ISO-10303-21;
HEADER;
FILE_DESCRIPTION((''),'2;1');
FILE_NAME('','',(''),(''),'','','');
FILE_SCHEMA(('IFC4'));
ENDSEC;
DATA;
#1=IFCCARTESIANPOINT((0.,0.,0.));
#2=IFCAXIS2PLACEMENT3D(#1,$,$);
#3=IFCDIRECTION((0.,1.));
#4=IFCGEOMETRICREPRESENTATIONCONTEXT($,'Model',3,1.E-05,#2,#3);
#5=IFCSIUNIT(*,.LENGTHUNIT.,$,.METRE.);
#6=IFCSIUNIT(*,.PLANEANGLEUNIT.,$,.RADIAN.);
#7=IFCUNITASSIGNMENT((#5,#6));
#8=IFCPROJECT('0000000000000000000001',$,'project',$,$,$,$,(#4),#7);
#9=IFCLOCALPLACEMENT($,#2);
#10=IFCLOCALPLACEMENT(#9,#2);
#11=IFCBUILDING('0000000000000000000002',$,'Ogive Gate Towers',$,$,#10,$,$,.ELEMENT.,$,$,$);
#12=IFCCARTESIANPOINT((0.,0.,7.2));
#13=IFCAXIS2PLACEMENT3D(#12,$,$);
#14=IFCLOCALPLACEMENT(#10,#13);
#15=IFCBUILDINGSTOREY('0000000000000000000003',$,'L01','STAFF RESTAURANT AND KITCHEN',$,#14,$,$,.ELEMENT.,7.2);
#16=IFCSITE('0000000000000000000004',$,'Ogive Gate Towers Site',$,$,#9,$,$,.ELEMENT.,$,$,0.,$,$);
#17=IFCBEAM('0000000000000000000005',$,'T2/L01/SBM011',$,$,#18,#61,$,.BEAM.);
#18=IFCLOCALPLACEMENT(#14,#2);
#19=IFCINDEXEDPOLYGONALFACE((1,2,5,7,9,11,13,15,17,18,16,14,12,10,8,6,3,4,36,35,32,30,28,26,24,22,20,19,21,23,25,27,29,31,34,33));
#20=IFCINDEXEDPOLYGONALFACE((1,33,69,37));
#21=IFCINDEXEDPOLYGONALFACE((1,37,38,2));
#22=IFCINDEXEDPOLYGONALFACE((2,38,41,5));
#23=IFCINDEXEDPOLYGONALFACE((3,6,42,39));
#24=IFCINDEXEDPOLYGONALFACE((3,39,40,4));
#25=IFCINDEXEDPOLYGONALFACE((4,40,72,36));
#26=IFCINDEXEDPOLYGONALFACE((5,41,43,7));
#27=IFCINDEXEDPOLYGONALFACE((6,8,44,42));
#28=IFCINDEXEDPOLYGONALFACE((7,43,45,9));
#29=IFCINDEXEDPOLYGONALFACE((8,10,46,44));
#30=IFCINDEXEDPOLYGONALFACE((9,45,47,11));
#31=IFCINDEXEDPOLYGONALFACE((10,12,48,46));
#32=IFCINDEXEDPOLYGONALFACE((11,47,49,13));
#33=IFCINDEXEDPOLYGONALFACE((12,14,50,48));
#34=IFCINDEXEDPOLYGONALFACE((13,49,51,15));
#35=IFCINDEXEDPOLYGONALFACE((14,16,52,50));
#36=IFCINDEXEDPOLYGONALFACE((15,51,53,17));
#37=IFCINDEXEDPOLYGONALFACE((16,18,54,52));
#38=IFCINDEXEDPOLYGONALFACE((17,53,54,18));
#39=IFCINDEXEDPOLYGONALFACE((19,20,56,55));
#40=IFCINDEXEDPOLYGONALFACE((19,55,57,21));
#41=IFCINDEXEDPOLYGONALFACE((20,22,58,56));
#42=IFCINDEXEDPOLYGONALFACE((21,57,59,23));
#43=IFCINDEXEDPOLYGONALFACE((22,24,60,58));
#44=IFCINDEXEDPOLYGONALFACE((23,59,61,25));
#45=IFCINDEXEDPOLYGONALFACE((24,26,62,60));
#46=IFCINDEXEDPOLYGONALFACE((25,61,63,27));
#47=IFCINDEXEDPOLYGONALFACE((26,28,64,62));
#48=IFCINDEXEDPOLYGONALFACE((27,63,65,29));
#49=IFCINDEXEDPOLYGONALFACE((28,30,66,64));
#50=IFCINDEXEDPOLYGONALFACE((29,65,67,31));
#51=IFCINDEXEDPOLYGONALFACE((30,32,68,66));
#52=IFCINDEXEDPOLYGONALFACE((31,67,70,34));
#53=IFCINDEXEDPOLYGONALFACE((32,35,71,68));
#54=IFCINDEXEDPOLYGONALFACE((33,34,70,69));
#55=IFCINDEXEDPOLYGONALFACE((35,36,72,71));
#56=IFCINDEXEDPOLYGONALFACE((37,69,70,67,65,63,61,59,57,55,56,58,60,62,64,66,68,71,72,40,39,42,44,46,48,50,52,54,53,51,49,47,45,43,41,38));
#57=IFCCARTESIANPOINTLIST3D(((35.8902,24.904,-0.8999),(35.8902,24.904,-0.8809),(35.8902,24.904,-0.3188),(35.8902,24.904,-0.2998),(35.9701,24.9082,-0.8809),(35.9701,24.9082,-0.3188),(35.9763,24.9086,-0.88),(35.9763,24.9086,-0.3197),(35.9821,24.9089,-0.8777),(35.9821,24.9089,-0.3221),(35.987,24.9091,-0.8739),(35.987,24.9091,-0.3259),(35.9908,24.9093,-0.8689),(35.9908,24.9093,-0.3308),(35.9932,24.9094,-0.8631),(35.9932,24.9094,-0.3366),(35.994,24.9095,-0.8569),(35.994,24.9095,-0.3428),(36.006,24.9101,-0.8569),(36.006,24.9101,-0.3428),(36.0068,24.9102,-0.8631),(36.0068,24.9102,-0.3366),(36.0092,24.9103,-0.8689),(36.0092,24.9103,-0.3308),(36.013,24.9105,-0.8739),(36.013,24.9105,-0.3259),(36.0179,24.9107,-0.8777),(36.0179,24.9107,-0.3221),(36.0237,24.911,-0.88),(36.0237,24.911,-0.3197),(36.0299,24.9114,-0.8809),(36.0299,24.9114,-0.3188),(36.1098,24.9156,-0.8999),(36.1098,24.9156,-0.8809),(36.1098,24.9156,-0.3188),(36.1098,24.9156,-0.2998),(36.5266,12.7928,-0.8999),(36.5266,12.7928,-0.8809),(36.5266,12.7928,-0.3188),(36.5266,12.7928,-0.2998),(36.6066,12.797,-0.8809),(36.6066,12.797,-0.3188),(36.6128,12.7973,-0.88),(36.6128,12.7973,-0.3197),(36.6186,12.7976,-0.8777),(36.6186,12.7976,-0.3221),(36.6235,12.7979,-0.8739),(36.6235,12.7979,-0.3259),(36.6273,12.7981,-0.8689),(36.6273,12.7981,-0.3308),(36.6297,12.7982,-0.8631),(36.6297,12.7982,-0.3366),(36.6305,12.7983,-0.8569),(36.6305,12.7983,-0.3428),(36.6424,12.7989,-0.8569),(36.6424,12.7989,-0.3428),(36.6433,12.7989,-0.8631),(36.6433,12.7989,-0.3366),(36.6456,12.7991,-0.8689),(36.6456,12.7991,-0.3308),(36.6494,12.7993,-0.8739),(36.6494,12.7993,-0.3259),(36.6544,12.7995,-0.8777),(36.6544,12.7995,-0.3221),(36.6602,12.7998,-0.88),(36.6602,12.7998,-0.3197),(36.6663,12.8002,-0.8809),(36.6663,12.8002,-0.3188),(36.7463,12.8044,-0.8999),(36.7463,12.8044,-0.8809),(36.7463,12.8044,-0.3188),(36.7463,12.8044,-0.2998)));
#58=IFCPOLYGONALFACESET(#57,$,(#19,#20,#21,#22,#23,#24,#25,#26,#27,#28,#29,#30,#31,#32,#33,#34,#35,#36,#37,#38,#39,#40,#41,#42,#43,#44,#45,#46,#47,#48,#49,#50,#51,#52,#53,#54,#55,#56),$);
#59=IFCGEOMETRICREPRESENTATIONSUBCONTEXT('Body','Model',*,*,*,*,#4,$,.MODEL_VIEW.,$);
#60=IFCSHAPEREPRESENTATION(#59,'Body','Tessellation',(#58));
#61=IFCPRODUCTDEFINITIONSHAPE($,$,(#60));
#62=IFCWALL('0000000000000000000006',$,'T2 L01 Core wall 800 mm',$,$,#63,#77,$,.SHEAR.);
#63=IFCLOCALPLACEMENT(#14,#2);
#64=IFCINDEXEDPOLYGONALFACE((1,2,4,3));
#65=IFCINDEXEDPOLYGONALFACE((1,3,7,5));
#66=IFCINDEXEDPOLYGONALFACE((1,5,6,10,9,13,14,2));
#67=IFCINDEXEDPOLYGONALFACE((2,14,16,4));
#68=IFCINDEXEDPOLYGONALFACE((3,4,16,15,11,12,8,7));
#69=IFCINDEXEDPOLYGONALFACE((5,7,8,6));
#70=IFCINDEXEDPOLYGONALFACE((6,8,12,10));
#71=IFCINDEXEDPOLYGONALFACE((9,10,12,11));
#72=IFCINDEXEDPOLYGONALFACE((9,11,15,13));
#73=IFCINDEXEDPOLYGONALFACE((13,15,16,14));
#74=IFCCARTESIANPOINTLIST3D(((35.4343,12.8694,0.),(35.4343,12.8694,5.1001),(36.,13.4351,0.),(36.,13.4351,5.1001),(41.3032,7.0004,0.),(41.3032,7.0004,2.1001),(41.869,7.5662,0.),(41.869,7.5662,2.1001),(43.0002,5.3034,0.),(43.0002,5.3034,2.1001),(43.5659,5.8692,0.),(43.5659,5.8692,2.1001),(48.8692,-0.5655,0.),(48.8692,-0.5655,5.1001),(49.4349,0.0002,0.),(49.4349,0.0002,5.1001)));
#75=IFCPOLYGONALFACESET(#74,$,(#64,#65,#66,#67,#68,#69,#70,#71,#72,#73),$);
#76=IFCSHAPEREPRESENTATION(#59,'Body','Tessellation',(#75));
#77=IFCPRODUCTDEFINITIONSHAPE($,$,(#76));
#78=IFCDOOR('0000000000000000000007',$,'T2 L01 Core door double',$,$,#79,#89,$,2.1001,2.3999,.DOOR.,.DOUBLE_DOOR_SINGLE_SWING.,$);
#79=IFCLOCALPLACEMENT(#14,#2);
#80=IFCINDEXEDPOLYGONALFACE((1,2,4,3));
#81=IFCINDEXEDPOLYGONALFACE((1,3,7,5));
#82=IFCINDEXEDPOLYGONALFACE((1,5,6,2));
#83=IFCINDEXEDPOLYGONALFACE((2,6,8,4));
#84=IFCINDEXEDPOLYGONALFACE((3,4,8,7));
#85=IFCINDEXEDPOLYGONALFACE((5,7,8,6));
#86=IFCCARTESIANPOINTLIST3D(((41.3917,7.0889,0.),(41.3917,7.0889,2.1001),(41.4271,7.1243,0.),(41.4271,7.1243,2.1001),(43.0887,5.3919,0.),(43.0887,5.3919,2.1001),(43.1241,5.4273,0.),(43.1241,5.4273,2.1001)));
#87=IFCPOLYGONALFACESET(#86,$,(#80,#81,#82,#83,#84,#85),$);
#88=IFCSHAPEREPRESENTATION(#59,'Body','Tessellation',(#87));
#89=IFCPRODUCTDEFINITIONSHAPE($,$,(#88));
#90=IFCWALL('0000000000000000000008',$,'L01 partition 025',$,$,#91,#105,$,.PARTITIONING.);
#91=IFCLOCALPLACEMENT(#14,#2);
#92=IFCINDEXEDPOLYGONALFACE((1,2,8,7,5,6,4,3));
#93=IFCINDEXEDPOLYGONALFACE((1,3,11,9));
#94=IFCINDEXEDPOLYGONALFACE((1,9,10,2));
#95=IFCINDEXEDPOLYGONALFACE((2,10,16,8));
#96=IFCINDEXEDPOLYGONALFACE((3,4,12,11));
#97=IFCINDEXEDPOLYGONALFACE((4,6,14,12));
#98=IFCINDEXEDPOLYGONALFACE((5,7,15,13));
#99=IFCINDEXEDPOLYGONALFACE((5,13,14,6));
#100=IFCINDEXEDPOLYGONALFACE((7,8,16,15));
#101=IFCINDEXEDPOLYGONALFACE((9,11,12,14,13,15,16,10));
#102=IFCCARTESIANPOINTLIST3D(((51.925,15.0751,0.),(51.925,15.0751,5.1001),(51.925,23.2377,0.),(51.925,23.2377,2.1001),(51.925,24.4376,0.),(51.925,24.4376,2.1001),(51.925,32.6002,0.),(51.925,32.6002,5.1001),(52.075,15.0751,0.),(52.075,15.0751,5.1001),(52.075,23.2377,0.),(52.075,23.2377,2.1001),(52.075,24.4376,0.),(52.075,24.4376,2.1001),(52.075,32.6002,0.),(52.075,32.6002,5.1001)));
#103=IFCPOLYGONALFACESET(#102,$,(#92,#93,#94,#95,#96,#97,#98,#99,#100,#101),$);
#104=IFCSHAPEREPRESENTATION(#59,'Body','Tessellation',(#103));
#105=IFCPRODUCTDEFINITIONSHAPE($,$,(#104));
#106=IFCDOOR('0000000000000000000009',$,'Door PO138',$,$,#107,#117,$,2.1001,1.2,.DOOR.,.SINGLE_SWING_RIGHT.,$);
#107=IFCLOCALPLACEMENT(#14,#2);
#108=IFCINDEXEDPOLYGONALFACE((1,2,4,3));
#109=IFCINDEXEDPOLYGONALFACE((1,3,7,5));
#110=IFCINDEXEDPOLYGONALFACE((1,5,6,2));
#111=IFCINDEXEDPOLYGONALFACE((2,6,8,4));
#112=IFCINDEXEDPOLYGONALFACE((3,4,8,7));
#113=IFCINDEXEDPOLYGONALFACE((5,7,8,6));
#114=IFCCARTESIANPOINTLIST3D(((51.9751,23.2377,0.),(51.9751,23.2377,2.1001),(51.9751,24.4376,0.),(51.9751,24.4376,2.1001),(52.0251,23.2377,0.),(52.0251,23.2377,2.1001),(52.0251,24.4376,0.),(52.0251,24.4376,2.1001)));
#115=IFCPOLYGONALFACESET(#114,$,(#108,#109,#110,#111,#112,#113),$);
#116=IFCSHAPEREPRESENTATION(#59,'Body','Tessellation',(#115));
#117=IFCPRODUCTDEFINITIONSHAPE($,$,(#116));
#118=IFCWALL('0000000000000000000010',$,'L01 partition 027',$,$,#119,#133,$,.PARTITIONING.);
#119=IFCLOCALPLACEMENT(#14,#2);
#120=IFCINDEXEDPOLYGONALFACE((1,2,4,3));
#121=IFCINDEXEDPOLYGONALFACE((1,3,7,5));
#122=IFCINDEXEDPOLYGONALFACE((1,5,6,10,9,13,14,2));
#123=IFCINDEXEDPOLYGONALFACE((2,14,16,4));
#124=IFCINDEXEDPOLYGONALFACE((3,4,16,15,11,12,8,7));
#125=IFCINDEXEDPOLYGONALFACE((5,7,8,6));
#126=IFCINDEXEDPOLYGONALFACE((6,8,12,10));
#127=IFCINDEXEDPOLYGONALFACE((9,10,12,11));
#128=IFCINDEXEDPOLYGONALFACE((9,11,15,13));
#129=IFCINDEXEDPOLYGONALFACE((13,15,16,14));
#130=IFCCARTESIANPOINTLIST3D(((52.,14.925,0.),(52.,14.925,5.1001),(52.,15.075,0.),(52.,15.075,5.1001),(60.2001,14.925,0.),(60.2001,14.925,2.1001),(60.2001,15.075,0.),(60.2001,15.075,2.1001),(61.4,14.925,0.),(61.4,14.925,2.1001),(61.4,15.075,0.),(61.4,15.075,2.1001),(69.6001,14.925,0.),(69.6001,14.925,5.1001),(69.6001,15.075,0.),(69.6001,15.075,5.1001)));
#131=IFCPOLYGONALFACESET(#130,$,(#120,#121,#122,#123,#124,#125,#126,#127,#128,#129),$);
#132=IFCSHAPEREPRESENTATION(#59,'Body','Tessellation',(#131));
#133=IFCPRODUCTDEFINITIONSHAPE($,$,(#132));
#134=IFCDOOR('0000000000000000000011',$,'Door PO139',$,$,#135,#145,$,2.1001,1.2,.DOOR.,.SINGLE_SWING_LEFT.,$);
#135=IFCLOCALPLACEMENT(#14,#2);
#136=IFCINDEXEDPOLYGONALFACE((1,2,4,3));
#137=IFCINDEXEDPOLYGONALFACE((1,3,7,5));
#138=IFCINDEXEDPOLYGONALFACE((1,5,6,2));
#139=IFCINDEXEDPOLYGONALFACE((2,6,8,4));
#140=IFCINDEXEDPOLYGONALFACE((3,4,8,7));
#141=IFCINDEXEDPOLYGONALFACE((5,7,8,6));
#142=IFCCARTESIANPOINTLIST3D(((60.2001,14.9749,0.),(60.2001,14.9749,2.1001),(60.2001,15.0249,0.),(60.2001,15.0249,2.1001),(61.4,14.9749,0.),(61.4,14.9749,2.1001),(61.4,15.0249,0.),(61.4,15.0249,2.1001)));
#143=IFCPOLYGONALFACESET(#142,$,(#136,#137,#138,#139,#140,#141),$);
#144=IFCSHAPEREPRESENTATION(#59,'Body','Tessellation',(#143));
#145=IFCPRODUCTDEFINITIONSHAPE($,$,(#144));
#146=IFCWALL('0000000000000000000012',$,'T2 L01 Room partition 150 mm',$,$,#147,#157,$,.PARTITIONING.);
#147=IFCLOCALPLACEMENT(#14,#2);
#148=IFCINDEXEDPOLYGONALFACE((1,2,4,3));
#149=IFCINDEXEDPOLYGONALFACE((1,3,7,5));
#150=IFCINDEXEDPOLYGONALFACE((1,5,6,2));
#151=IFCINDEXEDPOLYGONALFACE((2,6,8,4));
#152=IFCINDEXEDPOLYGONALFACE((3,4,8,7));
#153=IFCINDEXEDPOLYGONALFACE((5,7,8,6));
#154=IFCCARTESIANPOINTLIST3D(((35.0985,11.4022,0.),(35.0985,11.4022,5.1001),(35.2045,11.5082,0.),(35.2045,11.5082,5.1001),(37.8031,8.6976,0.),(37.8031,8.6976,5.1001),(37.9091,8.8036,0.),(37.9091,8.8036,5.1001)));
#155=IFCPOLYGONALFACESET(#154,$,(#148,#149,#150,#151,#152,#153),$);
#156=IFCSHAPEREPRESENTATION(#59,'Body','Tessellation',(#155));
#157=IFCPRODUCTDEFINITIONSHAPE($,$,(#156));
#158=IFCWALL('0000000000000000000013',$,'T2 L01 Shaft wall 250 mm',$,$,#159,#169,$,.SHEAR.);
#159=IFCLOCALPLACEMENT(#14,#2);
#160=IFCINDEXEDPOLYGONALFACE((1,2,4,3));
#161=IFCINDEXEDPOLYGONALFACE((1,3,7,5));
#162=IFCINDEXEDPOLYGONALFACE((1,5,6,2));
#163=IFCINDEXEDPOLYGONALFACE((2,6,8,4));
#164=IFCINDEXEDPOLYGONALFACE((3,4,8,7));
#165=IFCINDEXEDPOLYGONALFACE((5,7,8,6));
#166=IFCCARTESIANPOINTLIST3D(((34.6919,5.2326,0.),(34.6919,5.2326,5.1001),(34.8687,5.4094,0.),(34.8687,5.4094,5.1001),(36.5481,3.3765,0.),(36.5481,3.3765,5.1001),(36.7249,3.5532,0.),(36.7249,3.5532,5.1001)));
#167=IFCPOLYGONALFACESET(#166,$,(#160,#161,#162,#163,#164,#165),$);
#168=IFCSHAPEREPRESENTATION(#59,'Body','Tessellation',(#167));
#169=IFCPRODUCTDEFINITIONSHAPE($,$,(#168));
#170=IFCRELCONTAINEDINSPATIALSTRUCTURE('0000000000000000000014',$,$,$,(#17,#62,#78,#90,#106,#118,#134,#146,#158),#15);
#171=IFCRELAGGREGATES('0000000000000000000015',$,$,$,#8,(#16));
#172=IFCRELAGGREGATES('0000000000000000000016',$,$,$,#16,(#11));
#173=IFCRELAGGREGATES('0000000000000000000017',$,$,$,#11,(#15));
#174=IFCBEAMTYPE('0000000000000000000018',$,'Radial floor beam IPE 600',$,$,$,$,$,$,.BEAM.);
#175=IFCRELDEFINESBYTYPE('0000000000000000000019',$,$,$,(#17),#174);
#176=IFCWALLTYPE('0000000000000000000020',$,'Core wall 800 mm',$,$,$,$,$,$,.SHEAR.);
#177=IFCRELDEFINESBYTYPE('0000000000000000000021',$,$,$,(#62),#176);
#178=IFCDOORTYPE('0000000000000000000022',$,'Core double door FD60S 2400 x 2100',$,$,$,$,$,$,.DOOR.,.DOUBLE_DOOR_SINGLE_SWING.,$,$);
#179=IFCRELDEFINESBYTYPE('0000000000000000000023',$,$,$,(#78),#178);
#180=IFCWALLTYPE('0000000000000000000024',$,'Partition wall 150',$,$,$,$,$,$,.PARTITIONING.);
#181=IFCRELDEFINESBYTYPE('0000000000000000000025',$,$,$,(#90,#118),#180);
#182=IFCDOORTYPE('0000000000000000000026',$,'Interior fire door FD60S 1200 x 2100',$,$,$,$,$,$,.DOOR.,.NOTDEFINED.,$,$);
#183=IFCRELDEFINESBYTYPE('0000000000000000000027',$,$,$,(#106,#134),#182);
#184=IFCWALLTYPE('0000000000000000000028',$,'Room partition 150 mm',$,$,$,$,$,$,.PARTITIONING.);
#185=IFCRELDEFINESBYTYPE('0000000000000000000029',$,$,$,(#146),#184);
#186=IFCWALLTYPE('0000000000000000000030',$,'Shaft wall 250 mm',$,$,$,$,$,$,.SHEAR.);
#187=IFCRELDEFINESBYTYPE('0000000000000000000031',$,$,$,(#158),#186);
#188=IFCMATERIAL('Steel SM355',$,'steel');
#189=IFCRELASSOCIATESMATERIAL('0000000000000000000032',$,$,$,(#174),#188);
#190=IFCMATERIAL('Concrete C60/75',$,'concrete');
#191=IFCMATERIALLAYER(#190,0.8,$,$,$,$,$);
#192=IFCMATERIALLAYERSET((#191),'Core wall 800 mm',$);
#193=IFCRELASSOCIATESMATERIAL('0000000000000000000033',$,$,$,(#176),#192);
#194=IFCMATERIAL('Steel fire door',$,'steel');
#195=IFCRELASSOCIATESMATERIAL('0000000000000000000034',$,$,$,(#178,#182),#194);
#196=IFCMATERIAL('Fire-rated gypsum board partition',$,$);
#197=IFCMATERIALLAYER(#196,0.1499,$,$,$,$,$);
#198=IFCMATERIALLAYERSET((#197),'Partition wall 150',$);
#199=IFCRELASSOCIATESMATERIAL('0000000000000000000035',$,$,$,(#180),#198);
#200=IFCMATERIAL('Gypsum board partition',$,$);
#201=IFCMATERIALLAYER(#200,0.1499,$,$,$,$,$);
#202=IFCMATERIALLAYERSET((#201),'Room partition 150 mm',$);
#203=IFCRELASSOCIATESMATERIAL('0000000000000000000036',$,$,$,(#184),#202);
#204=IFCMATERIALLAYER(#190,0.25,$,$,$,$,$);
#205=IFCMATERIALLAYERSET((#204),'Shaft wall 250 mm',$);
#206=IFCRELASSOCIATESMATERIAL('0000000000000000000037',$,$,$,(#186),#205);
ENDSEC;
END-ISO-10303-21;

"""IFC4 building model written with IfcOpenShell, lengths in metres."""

from ifc_helpers import new_model, si_unit, direction, frame, frame_2d, origin, origin_2d, place, context, subcontext, project, spatial, rectangle, i_section, extrude, material, layer, layer_set, material_profile, profile_set, type_object, element, fill, save


model = new_model("IFC4")

# Units and contexts
model_context = context("Model", 3, precision=1e-05, world=origin(), true_north=direction((0.0, 1.0)))
body_context = subcontext(model_context, "Body", "Model", "MODEL_VIEW")
ifc_project = project(units=[si_unit("LENGTHUNIT", "METRE"), si_unit("PLANEANGLEUNIT", "RADIAN")], contexts=[model_context])

# Site, building, storey
site_placement = place(None, origin())
site = spatial("IfcSite", under=ifc_project, at=site_placement, Name="Ogive Gate Towers Site", CompositionType="ELEMENT", RefElevation=0.0)
building_placement = place(site_placement, origin())
building = spatial("IfcBuilding", under=site, at=building_placement, Name="Ogive Gate Towers", CompositionType="ELEMENT")
storey_placement = place(building_placement, frame((0.0, 0.0, 7.2)))
storey = spatial("IfcBuildingStorey", under=building, at=storey_placement, Name="L01", Description="STAFF RESTAURANT AND KITCHEN", CompositionType="ELEMENT", Elevation=7.2)

# Beam
ifc_material_1 = material(Name="Steel SM355", Category="steel")
ifc_material_profile_1 = material_profile(ifc_material_1, i_section(OverallWidth=0.22, OverallDepth=0.6001, WebThickness=0.012, FlangeThickness=0.019, FilletRadius=0.0239, at=origin_2d()), Name="IPE 600")
ifc_profile_set_1 = profile_set([ifc_material_profile_1], Name="Steel SM355")
beam_type_1 = type_object("IfcBeamType", Name="Radial floor beam IPE 600", PredefinedType="BEAM", material=ifc_profile_set_1)
for number, where, z_axis, x_axis, name in (
    (1, (36.6365, 12.7986, -0.5999), (-0.05248, 0.998622, 0.0), (-0.998622, -0.05248, 0.0), "T2/L01/SBM011"),
):
    element("IfcBeam", number, at=place(storey_placement, frame(where, z_axis=z_axis, x_axis=x_axis)), inside=storey, type_object=beam_type_1, Name=name, PredefinedType="BEAM", context=body_context, shape_type="SweptSolid", body=[
        extrude(i_section(OverallWidth=0.22, OverallDepth=0.6001, WebThickness=0.012, FlangeThickness=0.019, FilletRadius=0.0239, at=origin_2d()), origin(), (0.0, 0.0, 1.0), 12.1279),
    ])

# Walls, openings, doors
ifc_material_2 = material(Name="Concrete C60/75", Category="concrete")
ifc_layer_1 = layer(ifc_material_2, 0.8)
ifc_layer_set_1 = layer_set([ifc_layer_1], Name="Core wall 800 mm")
wall_type_1 = type_object("IfcWallType", Name="Core wall 800 mm", PredefinedType="SHEAR", material=ifc_layer_set_1)
wall_1_placement = place(storey_placement, frame((49.1521, -0.2827, 0.0), z_axis=(0.0, 0.0, 1.0), x_axis=(-0.707107, 0.707107, 0.0)))
wall_1 = element("IfcWall", 2, at=wall_1_placement, inside=storey, type_object=wall_type_1, Name="T2 L01 Core wall 800 mm", PredefinedType="SHEAR", context=body_context, shape_type="SweptSolid", body=[
    extrude(rectangle(XDim=18.9998, YDim=0.8, at=frame_2d((9.5, 0.0))), origin(), (0.0, 0.0, 1.0), 5.1001),
])
opening_1_placement = place(wall_1_placement, frame((8.3, 0.0, 0.0)))
opening_1 = element("IfcOpeningElement", 3, at=opening_1_placement, cuts=wall_1, PredefinedType="OPENING", context=body_context, shape_type="SweptSolid", body=[
    extrude(rectangle(XDim=2.3999, YDim=2.1001, at=frame_2d((1.2, 1.05))), frame((0.0, 0.4102, 0.0), z_axis=(0.0, -1.0, 0.0), x_axis=(1.0, 0.0, 0.0)), (0.0, 0.0, 1.0), 0.8201),
])
ifc_material_3 = material(Name="Steel fire door", Category="steel")
door_type_1 = type_object("IfcDoorType", Name="Core double door FD60S 2400 x 2100", OperationType="DOUBLE_DOOR_SINGLE_SWING", PredefinedType="DOOR", material=ifc_material_3)
door_1_placement = place(opening_1_placement, origin())
door_1 = element("IfcDoor", 4, at=door_1_placement, inside=storey, type_object=door_type_1, Name="T2 L01 Core door double", OperationType="DOUBLE_DOOR_SINGLE_SWING", OverallHeight=2.1001, OverallWidth=2.3999, PredefinedType="DOOR", context=body_context, shape_type="SweptSolid", body=[
    extrude(rectangle(XDim=2.3999, YDim=2.1001, at=frame_2d((1.2, 1.05))), frame((0.0, 0.2749, 0.0), z_axis=(0.0, -1.0, 0.0), x_axis=(1.0, 0.0, 0.0)), (0.0, 0.0, 1.0), 0.05),
])
fill(opening_1, door_1)
ifc_material_4 = material(Name="Fire-rated gypsum board partition")
ifc_layer_2 = layer(ifc_material_4, 0.1499)
ifc_layer_set_2 = layer_set([ifc_layer_2], Name="Partition wall 150")
wall_type_2 = type_object("IfcWallType", Name="Partition wall 150", PredefinedType="PARTITIONING", material=ifc_layer_set_2)
wall_2_placement = place(storey_placement, frame((52.0, 15.075, 0.0), z_axis=(0.0, 0.0, 1.0), x_axis=(0.0, 1.0, 0.0)))
wall_2 = element("IfcWall", 5, at=wall_2_placement, inside=storey, type_object=wall_type_2, Name="L01 partition 025", PredefinedType="PARTITIONING", context=body_context, shape_type="SweptSolid", body=[
    extrude(rectangle(XDim=17.5251, YDim=0.1499, at=frame_2d((8.7627, 0.0))), origin(), (0.0, 0.0, 1.0), 5.1001),
])
opening_2_placement = place(wall_2_placement, frame((8.1626, 0.0, 0.0)))
opening_2 = element("IfcOpeningElement", 6, at=opening_2_placement, cuts=wall_2, PredefinedType="OPENING", context=body_context, shape_type="SweptSolid", body=[
    extrude(rectangle(XDim=1.2, YDim=2.1001, at=frame_2d((0.6001, 1.05))), frame((0.0, 0.085, 0.0), z_axis=(0.0, -1.0, 0.0), x_axis=(1.0, 0.0, 0.0)), (0.0, 0.0, 1.0), 0.1699),
])
door_type_2 = type_object("IfcDoorType", Name="Interior fire door FD60S 1200 x 2100", OperationType="NOTDEFINED", PredefinedType="DOOR", material=ifc_material_3)
door_2_placement = place(opening_2_placement, origin())
door_2 = element("IfcDoor", 7, at=door_2_placement, inside=storey, type_object=door_type_2, Name="Door PO138", OperationType="SINGLE_SWING_RIGHT", OverallHeight=2.1001, OverallWidth=1.2, PredefinedType="DOOR", context=body_context, shape_type="SweptSolid", body=[
    extrude(rectangle(XDim=1.2, YDim=2.1001, at=frame_2d((0.6001, 1.05))), frame((0.0, 0.0249, 0.0), z_axis=(0.0, -1.0, 0.0), x_axis=(1.0, 0.0, 0.0)), (0.0, 0.0, 1.0), 0.05),
])
fill(opening_2, door_2)
wall_3_placement = place(storey_placement, frame((52.0, 15.0, 0.0), z_axis=(0.0, 0.0, 1.0), x_axis=(1.0, 0.0, 0.0)))
wall_3 = element("IfcWall", 8, at=wall_3_placement, inside=storey, type_object=wall_type_2, Name="L01 partition 027", PredefinedType="PARTITIONING", context=body_context, shape_type="SweptSolid", body=[
    extrude(rectangle(XDim=17.6001, YDim=0.1499, at=frame_2d((8.8, 0.0))), origin(), (0.0, 0.0, 1.0), 5.1001),
])
opening_3_placement = place(wall_3_placement, frame((8.2, 0.0, 0.0)))
opening_3 = element("IfcOpeningElement", 9, at=opening_3_placement, cuts=wall_3, PredefinedType="OPENING", context=body_context, shape_type="SweptSolid", body=[
    extrude(rectangle(XDim=1.2, YDim=2.1001, at=frame_2d((0.6001, 1.05))), frame((0.0, 0.085, 0.0), z_axis=(0.0, -1.0, 0.0), x_axis=(1.0, 0.0, 0.0)), (0.0, 0.0, 1.0), 0.1699),
])
door_3_placement = place(opening_3_placement, origin())
door_3 = element("IfcDoor", 10, at=door_3_placement, inside=storey, type_object=door_type_2, Name="Door PO139", OperationType="SINGLE_SWING_LEFT", OverallHeight=2.1001, OverallWidth=1.2, PredefinedType="DOOR", context=body_context, shape_type="SweptSolid", body=[
    extrude(rectangle(XDim=1.2, YDim=2.1001, at=frame_2d((0.6001, 1.05))), frame((0.0, 0.0249, 0.0), z_axis=(0.0, -1.0, 0.0), x_axis=(1.0, 0.0, 0.0)), (0.0, 0.0, 1.0), 0.05),
])
fill(opening_3, door_3)

# Walls
ifc_material_5 = material(Name="Gypsum board partition")
ifc_layer_3 = layer(ifc_material_5, 0.1499)
ifc_layer_set_3 = layer_set([ifc_layer_3], Name="Room partition 150 mm")
wall_type_3 = type_object("IfcWallType", Name="Room partition 150 mm", PredefinedType="PARTITIONING", material=ifc_layer_set_3)
wall_4_placement = place(storey_placement, frame((37.8562, 8.7505, 0.0), z_axis=(0.0, 0.0, 1.0), x_axis=(-0.707107, 0.707107, 0.0)))
element("IfcWall", 11, at=wall_4_placement, inside=storey, type_object=wall_type_3, Name="T2 L01 Room partition 150 mm", PredefinedType="PARTITIONING", context=body_context, shape_type="SweptSolid", body=[
    extrude(rectangle(XDim=3.825, YDim=0.1499, at=frame_2d((1.9126, 0.0))), origin(), (0.0, 0.0, 1.0), 5.1001),
])
ifc_layer_4 = layer(ifc_material_2, 0.25)
ifc_layer_set_4 = layer_set([ifc_layer_4], Name="Shaft wall 250 mm")
wall_type_4 = type_object("IfcWallType", Name="Shaft wall 250 mm", PredefinedType="SHEAR", material=ifc_layer_set_4)
wall_5_placement = place(storey_placement, frame((36.6365, 3.4648, 0.0), z_axis=(0.0, 0.0, 1.0), x_axis=(-0.707107, 0.707107, 0.0)))
element("IfcWall", 12, at=wall_5_placement, inside=storey, type_object=wall_type_4, Name="T2 L01 Shaft wall 250 mm", PredefinedType="SHEAR", context=body_context, shape_type="SweptSolid", body=[
    extrude(rectangle(XDim=2.625, YDim=0.25, at=frame_2d((1.3125, 0.0))), origin(), (0.0, 0.0, 1.0), 5.1001),
])

save(model, "model.ifc")
